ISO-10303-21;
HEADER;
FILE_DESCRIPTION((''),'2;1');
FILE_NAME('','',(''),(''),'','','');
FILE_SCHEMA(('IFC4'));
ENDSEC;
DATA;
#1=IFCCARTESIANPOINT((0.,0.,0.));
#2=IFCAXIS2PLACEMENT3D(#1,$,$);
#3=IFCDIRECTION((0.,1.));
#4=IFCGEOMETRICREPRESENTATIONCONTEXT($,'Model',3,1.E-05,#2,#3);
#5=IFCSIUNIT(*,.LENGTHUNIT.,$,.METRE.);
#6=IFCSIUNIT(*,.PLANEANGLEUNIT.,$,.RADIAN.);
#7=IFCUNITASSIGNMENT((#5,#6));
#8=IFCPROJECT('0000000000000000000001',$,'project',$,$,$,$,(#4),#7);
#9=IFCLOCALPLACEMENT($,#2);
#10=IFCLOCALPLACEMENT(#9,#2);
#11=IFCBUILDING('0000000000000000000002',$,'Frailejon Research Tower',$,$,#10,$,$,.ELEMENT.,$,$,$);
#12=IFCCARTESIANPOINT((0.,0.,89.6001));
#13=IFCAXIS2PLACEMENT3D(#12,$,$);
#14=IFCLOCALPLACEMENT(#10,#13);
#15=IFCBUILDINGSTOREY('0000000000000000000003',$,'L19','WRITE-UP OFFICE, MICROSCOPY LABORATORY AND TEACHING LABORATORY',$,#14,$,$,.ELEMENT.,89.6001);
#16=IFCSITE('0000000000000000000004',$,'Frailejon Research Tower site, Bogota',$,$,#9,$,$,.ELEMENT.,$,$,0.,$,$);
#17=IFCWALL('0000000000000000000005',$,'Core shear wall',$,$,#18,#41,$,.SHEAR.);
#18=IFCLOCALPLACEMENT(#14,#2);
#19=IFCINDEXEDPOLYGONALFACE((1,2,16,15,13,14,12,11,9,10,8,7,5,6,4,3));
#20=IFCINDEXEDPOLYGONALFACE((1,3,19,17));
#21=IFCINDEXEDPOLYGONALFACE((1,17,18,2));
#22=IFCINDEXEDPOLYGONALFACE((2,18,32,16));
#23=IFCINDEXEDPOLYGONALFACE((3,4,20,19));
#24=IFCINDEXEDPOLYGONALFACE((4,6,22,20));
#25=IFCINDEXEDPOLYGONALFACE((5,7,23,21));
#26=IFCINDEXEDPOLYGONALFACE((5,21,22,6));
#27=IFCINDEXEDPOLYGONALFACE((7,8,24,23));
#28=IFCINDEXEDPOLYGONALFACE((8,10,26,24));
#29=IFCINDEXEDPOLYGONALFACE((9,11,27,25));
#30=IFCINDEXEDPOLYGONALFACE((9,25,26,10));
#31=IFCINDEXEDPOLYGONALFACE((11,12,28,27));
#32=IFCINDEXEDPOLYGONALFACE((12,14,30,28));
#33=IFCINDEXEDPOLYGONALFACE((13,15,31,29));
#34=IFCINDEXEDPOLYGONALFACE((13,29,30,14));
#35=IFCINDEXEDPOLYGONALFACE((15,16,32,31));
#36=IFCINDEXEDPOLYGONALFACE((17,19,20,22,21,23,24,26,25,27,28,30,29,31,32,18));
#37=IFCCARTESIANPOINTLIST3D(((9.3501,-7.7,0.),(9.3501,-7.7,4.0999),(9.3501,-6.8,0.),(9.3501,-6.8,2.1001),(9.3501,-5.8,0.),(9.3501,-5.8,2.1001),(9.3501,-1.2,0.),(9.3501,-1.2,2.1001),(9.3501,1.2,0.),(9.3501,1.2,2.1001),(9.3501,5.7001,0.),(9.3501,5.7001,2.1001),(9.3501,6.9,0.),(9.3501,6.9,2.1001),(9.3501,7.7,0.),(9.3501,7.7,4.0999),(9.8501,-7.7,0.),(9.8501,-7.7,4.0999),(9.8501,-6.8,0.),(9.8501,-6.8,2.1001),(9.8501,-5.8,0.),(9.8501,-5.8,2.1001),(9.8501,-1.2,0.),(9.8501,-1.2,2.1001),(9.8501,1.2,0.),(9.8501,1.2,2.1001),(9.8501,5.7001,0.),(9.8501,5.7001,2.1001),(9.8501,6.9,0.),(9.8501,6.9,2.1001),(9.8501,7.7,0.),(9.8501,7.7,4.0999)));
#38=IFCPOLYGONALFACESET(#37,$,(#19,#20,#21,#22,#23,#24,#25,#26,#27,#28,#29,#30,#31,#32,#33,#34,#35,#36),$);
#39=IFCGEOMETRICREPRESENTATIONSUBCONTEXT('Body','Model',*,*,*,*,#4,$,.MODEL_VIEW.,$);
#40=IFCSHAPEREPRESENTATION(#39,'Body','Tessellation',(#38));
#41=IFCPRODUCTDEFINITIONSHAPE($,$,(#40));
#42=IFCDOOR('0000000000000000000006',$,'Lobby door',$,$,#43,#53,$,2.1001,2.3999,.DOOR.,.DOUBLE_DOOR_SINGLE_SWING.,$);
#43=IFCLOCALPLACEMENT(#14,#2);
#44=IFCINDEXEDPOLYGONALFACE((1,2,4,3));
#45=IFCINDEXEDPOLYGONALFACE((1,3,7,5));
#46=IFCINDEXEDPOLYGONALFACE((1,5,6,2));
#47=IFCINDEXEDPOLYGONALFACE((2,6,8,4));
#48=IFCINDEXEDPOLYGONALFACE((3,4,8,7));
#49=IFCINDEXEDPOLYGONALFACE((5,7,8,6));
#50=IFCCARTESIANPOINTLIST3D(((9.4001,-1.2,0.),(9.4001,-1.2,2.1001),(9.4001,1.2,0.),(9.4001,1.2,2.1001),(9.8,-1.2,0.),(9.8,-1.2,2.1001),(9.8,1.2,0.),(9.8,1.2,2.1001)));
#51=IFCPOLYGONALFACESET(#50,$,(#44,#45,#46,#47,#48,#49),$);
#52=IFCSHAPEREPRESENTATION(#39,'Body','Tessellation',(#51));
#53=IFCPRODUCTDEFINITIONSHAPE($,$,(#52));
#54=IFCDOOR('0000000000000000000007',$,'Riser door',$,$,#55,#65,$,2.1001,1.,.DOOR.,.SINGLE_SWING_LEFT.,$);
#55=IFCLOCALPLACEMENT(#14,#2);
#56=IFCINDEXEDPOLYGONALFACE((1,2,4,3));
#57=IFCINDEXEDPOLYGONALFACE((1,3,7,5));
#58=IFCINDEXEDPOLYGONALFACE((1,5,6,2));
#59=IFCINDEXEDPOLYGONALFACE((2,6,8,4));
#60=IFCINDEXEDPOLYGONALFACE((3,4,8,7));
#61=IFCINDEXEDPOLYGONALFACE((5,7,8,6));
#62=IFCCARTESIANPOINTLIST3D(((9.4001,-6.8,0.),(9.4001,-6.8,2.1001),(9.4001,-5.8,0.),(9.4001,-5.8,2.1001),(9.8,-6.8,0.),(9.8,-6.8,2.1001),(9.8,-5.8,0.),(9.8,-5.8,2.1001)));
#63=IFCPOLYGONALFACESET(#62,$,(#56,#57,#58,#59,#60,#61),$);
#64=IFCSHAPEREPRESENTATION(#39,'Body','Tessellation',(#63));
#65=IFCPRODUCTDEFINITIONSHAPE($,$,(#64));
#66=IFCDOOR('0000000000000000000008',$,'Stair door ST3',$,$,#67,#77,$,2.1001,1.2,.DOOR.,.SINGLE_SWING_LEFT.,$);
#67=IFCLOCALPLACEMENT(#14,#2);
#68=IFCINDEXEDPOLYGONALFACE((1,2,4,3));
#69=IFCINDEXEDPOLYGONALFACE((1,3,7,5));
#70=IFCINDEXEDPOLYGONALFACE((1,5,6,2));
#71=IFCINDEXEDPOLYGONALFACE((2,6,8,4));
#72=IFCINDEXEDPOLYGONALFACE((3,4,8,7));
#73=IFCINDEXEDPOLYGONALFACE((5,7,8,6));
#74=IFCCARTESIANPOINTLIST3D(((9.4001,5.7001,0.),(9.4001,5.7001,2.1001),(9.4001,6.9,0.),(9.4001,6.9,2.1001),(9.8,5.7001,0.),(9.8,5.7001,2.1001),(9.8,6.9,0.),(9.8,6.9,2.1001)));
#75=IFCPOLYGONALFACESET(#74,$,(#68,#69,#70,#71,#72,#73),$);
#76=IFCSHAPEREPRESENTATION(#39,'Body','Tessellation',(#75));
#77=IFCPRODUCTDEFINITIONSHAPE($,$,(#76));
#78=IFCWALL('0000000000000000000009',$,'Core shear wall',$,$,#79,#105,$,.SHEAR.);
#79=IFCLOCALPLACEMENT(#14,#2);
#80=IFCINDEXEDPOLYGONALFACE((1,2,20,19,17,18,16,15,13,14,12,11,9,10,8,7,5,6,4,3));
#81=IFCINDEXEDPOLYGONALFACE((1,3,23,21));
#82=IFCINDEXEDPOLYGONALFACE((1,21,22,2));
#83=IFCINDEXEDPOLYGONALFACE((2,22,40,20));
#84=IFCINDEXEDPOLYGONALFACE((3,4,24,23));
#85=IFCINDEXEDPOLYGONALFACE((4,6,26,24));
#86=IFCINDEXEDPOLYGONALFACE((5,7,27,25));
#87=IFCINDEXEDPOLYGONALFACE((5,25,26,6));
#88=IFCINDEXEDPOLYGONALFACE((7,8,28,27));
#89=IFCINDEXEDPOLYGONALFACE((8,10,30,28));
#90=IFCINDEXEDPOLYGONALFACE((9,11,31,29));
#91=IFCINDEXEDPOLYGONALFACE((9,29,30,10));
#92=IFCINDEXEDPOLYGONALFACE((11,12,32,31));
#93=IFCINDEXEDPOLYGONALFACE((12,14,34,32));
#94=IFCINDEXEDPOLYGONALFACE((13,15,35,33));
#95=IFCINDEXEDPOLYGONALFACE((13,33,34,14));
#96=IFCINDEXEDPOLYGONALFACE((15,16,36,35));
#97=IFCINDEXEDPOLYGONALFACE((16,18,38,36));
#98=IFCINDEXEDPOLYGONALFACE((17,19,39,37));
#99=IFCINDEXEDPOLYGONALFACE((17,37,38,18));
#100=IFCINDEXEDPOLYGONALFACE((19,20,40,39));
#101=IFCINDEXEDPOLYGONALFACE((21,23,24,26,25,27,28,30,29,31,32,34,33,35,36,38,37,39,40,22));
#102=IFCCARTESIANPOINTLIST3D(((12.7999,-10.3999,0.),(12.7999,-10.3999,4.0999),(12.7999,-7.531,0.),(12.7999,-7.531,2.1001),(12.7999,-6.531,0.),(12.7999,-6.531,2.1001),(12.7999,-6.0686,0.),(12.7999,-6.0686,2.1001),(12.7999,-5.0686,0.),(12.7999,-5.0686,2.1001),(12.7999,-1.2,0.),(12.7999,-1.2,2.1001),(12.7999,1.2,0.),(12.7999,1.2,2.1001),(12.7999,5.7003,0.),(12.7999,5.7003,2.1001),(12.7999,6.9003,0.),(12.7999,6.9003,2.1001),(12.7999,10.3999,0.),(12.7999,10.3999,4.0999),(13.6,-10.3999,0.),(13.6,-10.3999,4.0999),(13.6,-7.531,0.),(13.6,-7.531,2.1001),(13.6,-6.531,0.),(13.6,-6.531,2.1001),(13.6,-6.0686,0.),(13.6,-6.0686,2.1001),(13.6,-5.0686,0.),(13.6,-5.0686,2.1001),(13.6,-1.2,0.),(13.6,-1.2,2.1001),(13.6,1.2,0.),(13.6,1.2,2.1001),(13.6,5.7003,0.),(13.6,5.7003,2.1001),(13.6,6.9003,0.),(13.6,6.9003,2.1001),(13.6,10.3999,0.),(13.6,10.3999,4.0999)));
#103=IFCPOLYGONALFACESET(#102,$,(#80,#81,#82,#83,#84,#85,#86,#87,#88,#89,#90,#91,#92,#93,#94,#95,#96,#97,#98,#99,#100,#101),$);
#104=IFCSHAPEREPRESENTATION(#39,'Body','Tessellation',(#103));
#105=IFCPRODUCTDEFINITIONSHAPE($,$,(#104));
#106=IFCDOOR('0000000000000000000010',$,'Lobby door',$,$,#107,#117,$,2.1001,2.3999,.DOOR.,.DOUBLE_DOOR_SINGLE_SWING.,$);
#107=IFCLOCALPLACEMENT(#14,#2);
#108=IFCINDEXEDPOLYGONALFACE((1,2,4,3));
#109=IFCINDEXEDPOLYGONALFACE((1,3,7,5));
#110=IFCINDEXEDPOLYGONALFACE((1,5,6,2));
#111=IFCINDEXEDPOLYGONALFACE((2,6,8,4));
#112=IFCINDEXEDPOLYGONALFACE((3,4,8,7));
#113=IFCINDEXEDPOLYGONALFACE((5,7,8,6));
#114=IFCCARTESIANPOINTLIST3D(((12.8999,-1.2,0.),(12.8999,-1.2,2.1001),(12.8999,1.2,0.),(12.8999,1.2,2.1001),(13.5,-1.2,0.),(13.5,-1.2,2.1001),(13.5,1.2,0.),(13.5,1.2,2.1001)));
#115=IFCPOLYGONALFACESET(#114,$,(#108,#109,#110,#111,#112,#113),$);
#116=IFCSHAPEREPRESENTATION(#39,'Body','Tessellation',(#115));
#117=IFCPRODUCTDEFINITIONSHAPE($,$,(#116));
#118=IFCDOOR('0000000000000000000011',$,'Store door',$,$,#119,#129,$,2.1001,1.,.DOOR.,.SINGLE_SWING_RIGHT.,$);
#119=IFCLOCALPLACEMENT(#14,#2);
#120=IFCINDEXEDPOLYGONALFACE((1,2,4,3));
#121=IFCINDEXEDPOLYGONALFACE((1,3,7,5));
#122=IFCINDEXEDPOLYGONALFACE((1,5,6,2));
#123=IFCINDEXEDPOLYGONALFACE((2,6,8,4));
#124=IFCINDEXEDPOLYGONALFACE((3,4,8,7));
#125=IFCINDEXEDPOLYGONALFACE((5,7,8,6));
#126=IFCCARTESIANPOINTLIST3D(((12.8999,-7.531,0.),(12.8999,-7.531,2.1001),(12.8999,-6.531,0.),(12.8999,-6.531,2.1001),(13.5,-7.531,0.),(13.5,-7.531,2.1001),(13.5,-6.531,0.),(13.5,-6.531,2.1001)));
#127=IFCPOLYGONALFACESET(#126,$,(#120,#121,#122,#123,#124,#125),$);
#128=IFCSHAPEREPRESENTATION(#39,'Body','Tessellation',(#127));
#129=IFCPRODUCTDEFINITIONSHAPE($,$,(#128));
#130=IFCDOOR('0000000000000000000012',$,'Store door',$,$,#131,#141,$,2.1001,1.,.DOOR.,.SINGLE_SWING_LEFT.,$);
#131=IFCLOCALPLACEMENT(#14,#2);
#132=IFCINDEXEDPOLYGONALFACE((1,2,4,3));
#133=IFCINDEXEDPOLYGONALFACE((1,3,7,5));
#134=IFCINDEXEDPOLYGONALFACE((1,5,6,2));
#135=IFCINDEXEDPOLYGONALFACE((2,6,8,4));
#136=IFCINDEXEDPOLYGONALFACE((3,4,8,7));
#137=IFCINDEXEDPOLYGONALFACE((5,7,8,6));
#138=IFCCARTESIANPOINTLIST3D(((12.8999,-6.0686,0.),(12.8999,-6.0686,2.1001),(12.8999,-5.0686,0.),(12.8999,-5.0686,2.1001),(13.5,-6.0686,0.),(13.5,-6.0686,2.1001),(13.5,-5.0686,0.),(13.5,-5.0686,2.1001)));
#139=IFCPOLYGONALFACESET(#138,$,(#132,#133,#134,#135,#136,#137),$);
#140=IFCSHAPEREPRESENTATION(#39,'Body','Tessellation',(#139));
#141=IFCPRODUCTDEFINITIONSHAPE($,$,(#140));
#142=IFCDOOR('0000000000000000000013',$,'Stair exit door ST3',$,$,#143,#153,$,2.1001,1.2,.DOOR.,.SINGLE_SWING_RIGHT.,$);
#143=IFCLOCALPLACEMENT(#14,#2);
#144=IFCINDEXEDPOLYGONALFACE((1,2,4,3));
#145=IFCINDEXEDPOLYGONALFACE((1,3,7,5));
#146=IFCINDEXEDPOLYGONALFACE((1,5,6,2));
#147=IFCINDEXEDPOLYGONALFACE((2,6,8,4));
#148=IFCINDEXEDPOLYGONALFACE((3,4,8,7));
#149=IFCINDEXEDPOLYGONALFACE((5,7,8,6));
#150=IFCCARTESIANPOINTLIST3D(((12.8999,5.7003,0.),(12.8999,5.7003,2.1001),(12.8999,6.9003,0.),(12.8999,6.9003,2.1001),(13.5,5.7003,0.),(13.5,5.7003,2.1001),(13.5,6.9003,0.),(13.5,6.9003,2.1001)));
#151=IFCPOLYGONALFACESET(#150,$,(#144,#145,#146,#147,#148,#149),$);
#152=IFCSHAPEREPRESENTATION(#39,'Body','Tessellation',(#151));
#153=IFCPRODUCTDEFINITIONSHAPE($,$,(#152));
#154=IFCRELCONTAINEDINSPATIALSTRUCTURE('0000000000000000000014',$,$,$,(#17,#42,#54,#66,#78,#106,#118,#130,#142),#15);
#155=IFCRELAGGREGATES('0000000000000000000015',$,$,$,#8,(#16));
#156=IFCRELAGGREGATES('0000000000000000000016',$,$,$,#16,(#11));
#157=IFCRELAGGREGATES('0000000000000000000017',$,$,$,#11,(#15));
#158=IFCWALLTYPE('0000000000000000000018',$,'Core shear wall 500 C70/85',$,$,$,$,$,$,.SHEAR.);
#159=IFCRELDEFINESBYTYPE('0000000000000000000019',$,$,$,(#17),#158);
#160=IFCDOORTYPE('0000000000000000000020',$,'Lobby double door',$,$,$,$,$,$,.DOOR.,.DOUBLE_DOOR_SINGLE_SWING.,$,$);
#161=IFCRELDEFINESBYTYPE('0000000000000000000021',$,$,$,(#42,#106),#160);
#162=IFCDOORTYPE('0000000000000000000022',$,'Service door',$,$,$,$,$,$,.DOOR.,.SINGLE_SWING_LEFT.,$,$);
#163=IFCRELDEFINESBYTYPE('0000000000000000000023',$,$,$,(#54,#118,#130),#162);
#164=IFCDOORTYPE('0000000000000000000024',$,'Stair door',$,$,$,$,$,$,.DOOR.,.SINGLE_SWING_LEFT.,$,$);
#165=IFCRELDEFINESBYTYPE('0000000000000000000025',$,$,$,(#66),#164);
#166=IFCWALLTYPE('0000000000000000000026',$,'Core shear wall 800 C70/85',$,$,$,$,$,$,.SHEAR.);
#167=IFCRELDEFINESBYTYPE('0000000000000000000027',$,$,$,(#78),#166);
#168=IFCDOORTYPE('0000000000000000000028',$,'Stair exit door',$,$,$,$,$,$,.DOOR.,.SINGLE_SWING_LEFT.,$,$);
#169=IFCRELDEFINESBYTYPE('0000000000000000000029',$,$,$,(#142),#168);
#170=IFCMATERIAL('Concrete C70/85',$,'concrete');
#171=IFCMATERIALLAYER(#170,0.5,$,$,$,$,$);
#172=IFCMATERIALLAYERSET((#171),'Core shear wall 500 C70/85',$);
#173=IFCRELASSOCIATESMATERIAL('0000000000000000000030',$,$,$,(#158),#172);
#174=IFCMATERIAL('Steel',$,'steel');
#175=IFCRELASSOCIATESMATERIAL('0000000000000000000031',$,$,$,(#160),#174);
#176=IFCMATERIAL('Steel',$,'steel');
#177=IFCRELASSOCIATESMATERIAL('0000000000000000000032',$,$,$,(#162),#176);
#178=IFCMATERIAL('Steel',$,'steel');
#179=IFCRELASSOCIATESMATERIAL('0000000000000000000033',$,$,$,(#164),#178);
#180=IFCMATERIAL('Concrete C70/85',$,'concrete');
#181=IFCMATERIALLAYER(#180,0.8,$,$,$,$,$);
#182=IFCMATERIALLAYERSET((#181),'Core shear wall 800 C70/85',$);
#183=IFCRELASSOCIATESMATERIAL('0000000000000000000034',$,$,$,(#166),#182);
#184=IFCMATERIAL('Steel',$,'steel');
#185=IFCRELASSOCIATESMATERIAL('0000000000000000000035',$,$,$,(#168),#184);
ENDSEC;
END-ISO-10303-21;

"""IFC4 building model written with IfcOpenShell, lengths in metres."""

from ifc_helpers import new_model, si_unit, direction, frame, frame_2d, origin, place, context, subcontext, project, spatial, rectangle, extrude, material, layer, layer_set, type_object, element, fill, save


model = new_model("IFC4")

# Units and contexts
model_context = context("Model", 3, precision=1e-05, world=origin(), true_north=direction((0.0, 1.0)))
body_context = subcontext(model_context, "Body", "Model", "MODEL_VIEW")
ifc_project = project(units=[si_unit("LENGTHUNIT", "METRE"), si_unit("PLANEANGLEUNIT", "RADIAN")], contexts=[model_context])

# Site, building, storey
site_placement = place(None, origin())
site = spatial("IfcSite", under=ifc_project, at=site_placement, Name="Frailejon Research Tower site, Bogota", CompositionType="ELEMENT", RefElevation=0.0)
building_placement = place(site_placement, origin())
building = spatial("IfcBuilding", under=site, at=building_placement, Name="Frailejon Research Tower", CompositionType="ELEMENT")
storey_placement = place(building_placement, frame((0.0, 0.0, 89.6001)))
storey = spatial("IfcBuildingStorey", under=building, at=storey_placement, Name="L19", Description="WRITE-UP OFFICE, MICROSCOPY LABORATORY AND TEACHING LABORATORY", CompositionType="ELEMENT", Elevation=89.6001)

# Walls, openings, doors
ifc_material_1 = material(Name="Concrete C70/85", Category="concrete")
ifc_layer_1 = layer(ifc_material_1, 0.5)
ifc_layer_set_1 = layer_set([ifc_layer_1], Name="Core shear wall 500 C70/85")
wall_type_1 = type_object("IfcWallType", Name="Core shear wall 500 C70/85", PredefinedType="SHEAR", material=ifc_layer_set_1)
wall_1_placement = place(storey_placement, frame((9.6001, -7.7, 0.0), z_axis=(0.0, 0.0, 1.0), x_axis=(0.0, 1.0, 0.0)))
wall_1 = element("IfcWall", 1, at=wall_1_placement, inside=storey, type_object=wall_type_1, Name="Core shear wall", PredefinedType="SHEAR", context=body_context, shape_type="SweptSolid", body=[
    extrude(rectangle(XDim=15.3999, YDim=0.5, at=frame_2d((7.7, 0.0))), origin(), (0.0, 0.0, 1.0), 4.0999),
])
opening_1_placement = place(wall_1_placement, frame((6.5, 0.0, 0.0)))
opening_1 = element("IfcOpeningElement", 2, at=opening_1_placement, cuts=wall_1, PredefinedType="OPENING", context=body_context, shape_type="SweptSolid", body=[
    extrude(rectangle(XDim=2.3999, YDim=2.1001, at=frame_2d((1.2, 1.05))), frame((0.0, 0.26, 0.0), z_axis=(0.0, -1.0, 0.0), x_axis=(1.0, 0.0, 0.0)), (0.0, 0.0, 1.0), 0.52),
])
opening_2_placement = place(wall_1_placement, frame((13.3999, 0.0, 0.0)))
opening_2 = element("IfcOpeningElement", 3, at=opening_2_placement, cuts=wall_1, PredefinedType="OPENING", context=body_context, shape_type="SweptSolid", body=[
    extrude(rectangle(XDim=1.2, YDim=2.1001, at=frame_2d((0.6001, 1.05))), frame((0.0, 0.26, 0.0), z_axis=(0.0, -1.0, 0.0), x_axis=(1.0, 0.0, 0.0)), (0.0, 0.0, 1.0), 0.52),
])
opening_3_placement = place(wall_1_placement, frame((0.8999, 0.0, 0.0)))
opening_3 = element("IfcOpeningElement", 4, at=opening_3_placement, cuts=wall_1, PredefinedType="OPENING", context=body_context, shape_type="SweptSolid", body=[
    extrude(rectangle(XDim=1.0, YDim=2.1001, at=frame_2d((0.5, 1.05))), frame((0.0, 0.26, 0.0), z_axis=(0.0, -1.0, 0.0), x_axis=(1.0, 0.0, 0.0)), (0.0, 0.0, 1.0), 0.52),
])
ifc_material_2 = material(Name="Steel", Category="steel")
door_type_1 = type_object("IfcDoorType", Name="Lobby double door", OperationType="DOUBLE_DOOR_SINGLE_SWING", PredefinedType="DOOR", material=ifc_material_2)
door_1_placement = place(opening_1_placement, origin())
door_1 = element("IfcDoor", 5, at=door_1_placement, inside=storey, type_object=door_type_1, Name="Lobby door", OperationType="DOUBLE_DOOR_SINGLE_SWING", OverallHeight=2.1001, OverallWidth=2.3999, PredefinedType="DOOR", context=body_context, shape_type="SweptSolid", body=[
    extrude(rectangle(XDim=2.3999, YDim=2.1001, at=frame_2d((1.2, 1.05))), frame((0.0, 0.2, 0.0), z_axis=(0.0, -1.0, 0.0), x_axis=(1.0, 0.0, 0.0)), (0.0, 0.0, 1.0), 0.3999),
])
fill(opening_1, door_1)
ifc_material_3 = material(Name="Steel", Category="steel")
door_type_2 = type_object("IfcDoorType", Name="Service door", OperationType="SINGLE_SWING_LEFT", PredefinedType="DOOR", material=ifc_material_3)
door_2_placement = place(opening_3_placement, origin())
door_2 = element("IfcDoor", 6, at=door_2_placement, inside=storey, type_object=door_type_2, Name="Riser door", OperationType="SINGLE_SWING_LEFT", OverallHeight=2.1001, OverallWidth=1.0, PredefinedType="DOOR", context=body_context, shape_type="SweptSolid", body=[
    extrude(rectangle(XDim=1.0, YDim=2.1001, at=frame_2d((0.5, 1.05))), frame((0.0, 0.2, 0.0), z_axis=(0.0, -1.0, 0.0), x_axis=(1.0, 0.0, 0.0)), (0.0, 0.0, 1.0), 0.3999),
])
fill(opening_3, door_2)
ifc_material_4 = material(Name="Steel", Category="steel")
door_type_3 = type_object("IfcDoorType", Name="Stair door", OperationType="SINGLE_SWING_LEFT", PredefinedType="DOOR", material=ifc_material_4)
door_3_placement = place(opening_2_placement, origin())
door_3 = element("IfcDoor", 7, at=door_3_placement, inside=storey, type_object=door_type_3, Name="Stair door ST3", OperationType="SINGLE_SWING_LEFT", OverallHeight=2.1001, OverallWidth=1.2, PredefinedType="DOOR", context=body_context, shape_type="SweptSolid", body=[
    extrude(rectangle(XDim=1.2, YDim=2.1001, at=frame_2d((0.6001, 1.05))), frame((0.0, 0.2, 0.0), z_axis=(0.0, -1.0, 0.0), x_axis=(1.0, 0.0, 0.0)), (0.0, 0.0, 1.0), 0.3999),
])
fill(opening_2, door_3)
ifc_material_5 = material(Name="Concrete C70/85", Category="concrete")
ifc_layer_2 = layer(ifc_material_5, 0.8)
ifc_layer_set_2 = layer_set([ifc_layer_2], Name="Core shear wall 800 C70/85")
wall_type_2 = type_object("IfcWallType", Name="Core shear wall 800 C70/85", PredefinedType="SHEAR", material=ifc_layer_set_2)
wall_2_placement = place(storey_placement, frame((13.2, -10.3999, 0.0), z_axis=(0.0, 0.0, 1.0), x_axis=(0.0, 1.0, 0.0)))
wall_2 = element("IfcWall", 8, at=wall_2_placement, inside=storey, type_object=wall_type_2, Name="Core shear wall", PredefinedType="SHEAR", context=body_context, shape_type="SweptSolid", body=[
    extrude(rectangle(XDim=20.7998, YDim=0.8, at=frame_2d((10.3999, 0.0))), origin(), (0.0, 0.0, 1.0), 4.0999),
])
opening_4_placement = place(wall_2_placement, frame((9.2, 0.0, 0.0)))
opening_4 = element("IfcOpeningElement", 9, at=opening_4_placement, cuts=wall_2, PredefinedType="OPENING", context=body_context, shape_type="SweptSolid", body=[
    extrude(rectangle(XDim=2.3999, YDim=2.1001, at=frame_2d((1.2, 1.05))), frame((0.0, 0.4099, 0.0), z_axis=(0.0, -1.0, 0.0), x_axis=(1.0, 0.0, 0.0)), (0.0, 0.0, 1.0), 0.8201),
])
opening_5_placement = place(wall_2_placement, frame((16.1001, 0.0, 0.0)))
opening_5 = element("IfcOpeningElement", 10, at=opening_5_placement, cuts=wall_2, PredefinedType="OPENING", context=body_context, shape_type="SweptSolid", body=[
    extrude(rectangle(XDim=1.2, YDim=2.1001, at=frame_2d((0.6001, 1.05))), frame((0.0, 0.4099, 0.0), z_axis=(0.0, -1.0, 0.0), x_axis=(1.0, 0.0, 0.0)), (0.0, 0.0, 1.0), 0.8201),
])
opening_6_placement = place(wall_2_placement, frame((2.8689, 0.0, 0.0)))
opening_6 = element("IfcOpeningElement", 11, at=opening_6_placement, cuts=wall_2, PredefinedType="OPENING", context=body_context, shape_type="SweptSolid", body=[
    extrude(rectangle(XDim=1.0, YDim=2.1001, at=frame_2d((0.5, 1.05))), frame((0.0, 0.4099, 0.0), z_axis=(0.0, -1.0, 0.0), x_axis=(1.0, 0.0, 0.0)), (0.0, 0.0, 1.0), 0.8201),
])
opening_7_placement = place(wall_2_placement, frame((4.3313, 0.0, 0.0)))
opening_7 = element("IfcOpeningElement", 12, at=opening_7_placement, cuts=wall_2, PredefinedType="OPENING", context=body_context, shape_type="SweptSolid", body=[
    extrude(rectangle(XDim=1.0, YDim=2.1001, at=frame_2d((0.5, 1.05))), frame((0.0, 0.4099, 0.0), z_axis=(0.0, -1.0, 0.0), x_axis=(1.0, 0.0, 0.0)), (0.0, 0.0, 1.0), 0.8201),
])
door_4_placement = place(opening_4_placement, origin())
door_4 = element("IfcDoor", 13, at=door_4_placement, inside=storey, type_object=door_type_1, Name="Lobby door", OperationType="DOUBLE_DOOR_SINGLE_SWING", OverallHeight=2.1001, OverallWidth=2.3999, PredefinedType="DOOR", context=body_context, shape_type="SweptSolid", body=[
    extrude(rectangle(XDim=2.3999, YDim=2.1001, at=frame_2d((1.2, 1.05))), frame((0.0, 0.3, 0.0), z_axis=(0.0, -1.0, 0.0), x_axis=(1.0, 0.0, 0.0)), (0.0, 0.0, 1.0), 0.6001),
])
fill(opening_4, door_4)
door_5_placement = place(opening_6_placement, origin())
door_5 = element("IfcDoor", 14, at=door_5_placement, inside=storey, type_object=door_type_2, Name="Store door", OperationType="SINGLE_SWING_RIGHT", OverallHeight=2.1001, OverallWidth=1.0, PredefinedType="DOOR", context=body_context, shape_type="SweptSolid", body=[
    extrude(rectangle(XDim=1.0, YDim=2.1001, at=frame_2d((0.5, 1.05))), frame((0.0, 0.3, 0.0), z_axis=(0.0, -1.0, 0.0), x_axis=(1.0, 0.0, 0.0)), (0.0, 0.0, 1.0), 0.6001),
])
fill(opening_6, door_5)
door_6_placement = place(opening_7_placement, origin())
door_6 = element("IfcDoor", 15, at=door_6_placement, inside=storey, type_object=door_type_2, Name="Store door", OperationType="SINGLE_SWING_LEFT", OverallHeight=2.1001, OverallWidth=1.0, PredefinedType="DOOR", context=body_context, shape_type="SweptSolid", body=[
    extrude(rectangle(XDim=1.0, YDim=2.1001, at=frame_2d((0.5, 1.05))), frame((0.0, 0.3, 0.0), z_axis=(0.0, -1.0, 0.0), x_axis=(1.0, 0.0, 0.0)), (0.0, 0.0, 1.0), 0.6001),
])
fill(opening_7, door_6)
ifc_material_6 = material(Name="Steel", Category="steel")
door_type_4 = type_object("IfcDoorType", Name="Stair exit door", OperationType="SINGLE_SWING_LEFT", PredefinedType="DOOR", material=ifc_material_6)
door_7_placement = place(opening_5_placement, origin())
door_7 = element("IfcDoor", 16, at=door_7_placement, inside=storey, type_object=door_type_4, Name="Stair exit door ST3", OperationType="SINGLE_SWING_RIGHT", OverallHeight=2.1001, OverallWidth=1.2, PredefinedType="DOOR", context=body_context, shape_type="SweptSolid", body=[
    extrude(rectangle(XDim=1.2, YDim=2.1001, at=frame_2d((0.6001, 1.05))), frame((0.0, 0.3, 0.0), z_axis=(0.0, -1.0, 0.0), x_axis=(1.0, 0.0, 0.0)), (0.0, 0.0, 1.0), 0.6001),
])
fill(opening_5, door_7)

save(model, "model.ifc")
